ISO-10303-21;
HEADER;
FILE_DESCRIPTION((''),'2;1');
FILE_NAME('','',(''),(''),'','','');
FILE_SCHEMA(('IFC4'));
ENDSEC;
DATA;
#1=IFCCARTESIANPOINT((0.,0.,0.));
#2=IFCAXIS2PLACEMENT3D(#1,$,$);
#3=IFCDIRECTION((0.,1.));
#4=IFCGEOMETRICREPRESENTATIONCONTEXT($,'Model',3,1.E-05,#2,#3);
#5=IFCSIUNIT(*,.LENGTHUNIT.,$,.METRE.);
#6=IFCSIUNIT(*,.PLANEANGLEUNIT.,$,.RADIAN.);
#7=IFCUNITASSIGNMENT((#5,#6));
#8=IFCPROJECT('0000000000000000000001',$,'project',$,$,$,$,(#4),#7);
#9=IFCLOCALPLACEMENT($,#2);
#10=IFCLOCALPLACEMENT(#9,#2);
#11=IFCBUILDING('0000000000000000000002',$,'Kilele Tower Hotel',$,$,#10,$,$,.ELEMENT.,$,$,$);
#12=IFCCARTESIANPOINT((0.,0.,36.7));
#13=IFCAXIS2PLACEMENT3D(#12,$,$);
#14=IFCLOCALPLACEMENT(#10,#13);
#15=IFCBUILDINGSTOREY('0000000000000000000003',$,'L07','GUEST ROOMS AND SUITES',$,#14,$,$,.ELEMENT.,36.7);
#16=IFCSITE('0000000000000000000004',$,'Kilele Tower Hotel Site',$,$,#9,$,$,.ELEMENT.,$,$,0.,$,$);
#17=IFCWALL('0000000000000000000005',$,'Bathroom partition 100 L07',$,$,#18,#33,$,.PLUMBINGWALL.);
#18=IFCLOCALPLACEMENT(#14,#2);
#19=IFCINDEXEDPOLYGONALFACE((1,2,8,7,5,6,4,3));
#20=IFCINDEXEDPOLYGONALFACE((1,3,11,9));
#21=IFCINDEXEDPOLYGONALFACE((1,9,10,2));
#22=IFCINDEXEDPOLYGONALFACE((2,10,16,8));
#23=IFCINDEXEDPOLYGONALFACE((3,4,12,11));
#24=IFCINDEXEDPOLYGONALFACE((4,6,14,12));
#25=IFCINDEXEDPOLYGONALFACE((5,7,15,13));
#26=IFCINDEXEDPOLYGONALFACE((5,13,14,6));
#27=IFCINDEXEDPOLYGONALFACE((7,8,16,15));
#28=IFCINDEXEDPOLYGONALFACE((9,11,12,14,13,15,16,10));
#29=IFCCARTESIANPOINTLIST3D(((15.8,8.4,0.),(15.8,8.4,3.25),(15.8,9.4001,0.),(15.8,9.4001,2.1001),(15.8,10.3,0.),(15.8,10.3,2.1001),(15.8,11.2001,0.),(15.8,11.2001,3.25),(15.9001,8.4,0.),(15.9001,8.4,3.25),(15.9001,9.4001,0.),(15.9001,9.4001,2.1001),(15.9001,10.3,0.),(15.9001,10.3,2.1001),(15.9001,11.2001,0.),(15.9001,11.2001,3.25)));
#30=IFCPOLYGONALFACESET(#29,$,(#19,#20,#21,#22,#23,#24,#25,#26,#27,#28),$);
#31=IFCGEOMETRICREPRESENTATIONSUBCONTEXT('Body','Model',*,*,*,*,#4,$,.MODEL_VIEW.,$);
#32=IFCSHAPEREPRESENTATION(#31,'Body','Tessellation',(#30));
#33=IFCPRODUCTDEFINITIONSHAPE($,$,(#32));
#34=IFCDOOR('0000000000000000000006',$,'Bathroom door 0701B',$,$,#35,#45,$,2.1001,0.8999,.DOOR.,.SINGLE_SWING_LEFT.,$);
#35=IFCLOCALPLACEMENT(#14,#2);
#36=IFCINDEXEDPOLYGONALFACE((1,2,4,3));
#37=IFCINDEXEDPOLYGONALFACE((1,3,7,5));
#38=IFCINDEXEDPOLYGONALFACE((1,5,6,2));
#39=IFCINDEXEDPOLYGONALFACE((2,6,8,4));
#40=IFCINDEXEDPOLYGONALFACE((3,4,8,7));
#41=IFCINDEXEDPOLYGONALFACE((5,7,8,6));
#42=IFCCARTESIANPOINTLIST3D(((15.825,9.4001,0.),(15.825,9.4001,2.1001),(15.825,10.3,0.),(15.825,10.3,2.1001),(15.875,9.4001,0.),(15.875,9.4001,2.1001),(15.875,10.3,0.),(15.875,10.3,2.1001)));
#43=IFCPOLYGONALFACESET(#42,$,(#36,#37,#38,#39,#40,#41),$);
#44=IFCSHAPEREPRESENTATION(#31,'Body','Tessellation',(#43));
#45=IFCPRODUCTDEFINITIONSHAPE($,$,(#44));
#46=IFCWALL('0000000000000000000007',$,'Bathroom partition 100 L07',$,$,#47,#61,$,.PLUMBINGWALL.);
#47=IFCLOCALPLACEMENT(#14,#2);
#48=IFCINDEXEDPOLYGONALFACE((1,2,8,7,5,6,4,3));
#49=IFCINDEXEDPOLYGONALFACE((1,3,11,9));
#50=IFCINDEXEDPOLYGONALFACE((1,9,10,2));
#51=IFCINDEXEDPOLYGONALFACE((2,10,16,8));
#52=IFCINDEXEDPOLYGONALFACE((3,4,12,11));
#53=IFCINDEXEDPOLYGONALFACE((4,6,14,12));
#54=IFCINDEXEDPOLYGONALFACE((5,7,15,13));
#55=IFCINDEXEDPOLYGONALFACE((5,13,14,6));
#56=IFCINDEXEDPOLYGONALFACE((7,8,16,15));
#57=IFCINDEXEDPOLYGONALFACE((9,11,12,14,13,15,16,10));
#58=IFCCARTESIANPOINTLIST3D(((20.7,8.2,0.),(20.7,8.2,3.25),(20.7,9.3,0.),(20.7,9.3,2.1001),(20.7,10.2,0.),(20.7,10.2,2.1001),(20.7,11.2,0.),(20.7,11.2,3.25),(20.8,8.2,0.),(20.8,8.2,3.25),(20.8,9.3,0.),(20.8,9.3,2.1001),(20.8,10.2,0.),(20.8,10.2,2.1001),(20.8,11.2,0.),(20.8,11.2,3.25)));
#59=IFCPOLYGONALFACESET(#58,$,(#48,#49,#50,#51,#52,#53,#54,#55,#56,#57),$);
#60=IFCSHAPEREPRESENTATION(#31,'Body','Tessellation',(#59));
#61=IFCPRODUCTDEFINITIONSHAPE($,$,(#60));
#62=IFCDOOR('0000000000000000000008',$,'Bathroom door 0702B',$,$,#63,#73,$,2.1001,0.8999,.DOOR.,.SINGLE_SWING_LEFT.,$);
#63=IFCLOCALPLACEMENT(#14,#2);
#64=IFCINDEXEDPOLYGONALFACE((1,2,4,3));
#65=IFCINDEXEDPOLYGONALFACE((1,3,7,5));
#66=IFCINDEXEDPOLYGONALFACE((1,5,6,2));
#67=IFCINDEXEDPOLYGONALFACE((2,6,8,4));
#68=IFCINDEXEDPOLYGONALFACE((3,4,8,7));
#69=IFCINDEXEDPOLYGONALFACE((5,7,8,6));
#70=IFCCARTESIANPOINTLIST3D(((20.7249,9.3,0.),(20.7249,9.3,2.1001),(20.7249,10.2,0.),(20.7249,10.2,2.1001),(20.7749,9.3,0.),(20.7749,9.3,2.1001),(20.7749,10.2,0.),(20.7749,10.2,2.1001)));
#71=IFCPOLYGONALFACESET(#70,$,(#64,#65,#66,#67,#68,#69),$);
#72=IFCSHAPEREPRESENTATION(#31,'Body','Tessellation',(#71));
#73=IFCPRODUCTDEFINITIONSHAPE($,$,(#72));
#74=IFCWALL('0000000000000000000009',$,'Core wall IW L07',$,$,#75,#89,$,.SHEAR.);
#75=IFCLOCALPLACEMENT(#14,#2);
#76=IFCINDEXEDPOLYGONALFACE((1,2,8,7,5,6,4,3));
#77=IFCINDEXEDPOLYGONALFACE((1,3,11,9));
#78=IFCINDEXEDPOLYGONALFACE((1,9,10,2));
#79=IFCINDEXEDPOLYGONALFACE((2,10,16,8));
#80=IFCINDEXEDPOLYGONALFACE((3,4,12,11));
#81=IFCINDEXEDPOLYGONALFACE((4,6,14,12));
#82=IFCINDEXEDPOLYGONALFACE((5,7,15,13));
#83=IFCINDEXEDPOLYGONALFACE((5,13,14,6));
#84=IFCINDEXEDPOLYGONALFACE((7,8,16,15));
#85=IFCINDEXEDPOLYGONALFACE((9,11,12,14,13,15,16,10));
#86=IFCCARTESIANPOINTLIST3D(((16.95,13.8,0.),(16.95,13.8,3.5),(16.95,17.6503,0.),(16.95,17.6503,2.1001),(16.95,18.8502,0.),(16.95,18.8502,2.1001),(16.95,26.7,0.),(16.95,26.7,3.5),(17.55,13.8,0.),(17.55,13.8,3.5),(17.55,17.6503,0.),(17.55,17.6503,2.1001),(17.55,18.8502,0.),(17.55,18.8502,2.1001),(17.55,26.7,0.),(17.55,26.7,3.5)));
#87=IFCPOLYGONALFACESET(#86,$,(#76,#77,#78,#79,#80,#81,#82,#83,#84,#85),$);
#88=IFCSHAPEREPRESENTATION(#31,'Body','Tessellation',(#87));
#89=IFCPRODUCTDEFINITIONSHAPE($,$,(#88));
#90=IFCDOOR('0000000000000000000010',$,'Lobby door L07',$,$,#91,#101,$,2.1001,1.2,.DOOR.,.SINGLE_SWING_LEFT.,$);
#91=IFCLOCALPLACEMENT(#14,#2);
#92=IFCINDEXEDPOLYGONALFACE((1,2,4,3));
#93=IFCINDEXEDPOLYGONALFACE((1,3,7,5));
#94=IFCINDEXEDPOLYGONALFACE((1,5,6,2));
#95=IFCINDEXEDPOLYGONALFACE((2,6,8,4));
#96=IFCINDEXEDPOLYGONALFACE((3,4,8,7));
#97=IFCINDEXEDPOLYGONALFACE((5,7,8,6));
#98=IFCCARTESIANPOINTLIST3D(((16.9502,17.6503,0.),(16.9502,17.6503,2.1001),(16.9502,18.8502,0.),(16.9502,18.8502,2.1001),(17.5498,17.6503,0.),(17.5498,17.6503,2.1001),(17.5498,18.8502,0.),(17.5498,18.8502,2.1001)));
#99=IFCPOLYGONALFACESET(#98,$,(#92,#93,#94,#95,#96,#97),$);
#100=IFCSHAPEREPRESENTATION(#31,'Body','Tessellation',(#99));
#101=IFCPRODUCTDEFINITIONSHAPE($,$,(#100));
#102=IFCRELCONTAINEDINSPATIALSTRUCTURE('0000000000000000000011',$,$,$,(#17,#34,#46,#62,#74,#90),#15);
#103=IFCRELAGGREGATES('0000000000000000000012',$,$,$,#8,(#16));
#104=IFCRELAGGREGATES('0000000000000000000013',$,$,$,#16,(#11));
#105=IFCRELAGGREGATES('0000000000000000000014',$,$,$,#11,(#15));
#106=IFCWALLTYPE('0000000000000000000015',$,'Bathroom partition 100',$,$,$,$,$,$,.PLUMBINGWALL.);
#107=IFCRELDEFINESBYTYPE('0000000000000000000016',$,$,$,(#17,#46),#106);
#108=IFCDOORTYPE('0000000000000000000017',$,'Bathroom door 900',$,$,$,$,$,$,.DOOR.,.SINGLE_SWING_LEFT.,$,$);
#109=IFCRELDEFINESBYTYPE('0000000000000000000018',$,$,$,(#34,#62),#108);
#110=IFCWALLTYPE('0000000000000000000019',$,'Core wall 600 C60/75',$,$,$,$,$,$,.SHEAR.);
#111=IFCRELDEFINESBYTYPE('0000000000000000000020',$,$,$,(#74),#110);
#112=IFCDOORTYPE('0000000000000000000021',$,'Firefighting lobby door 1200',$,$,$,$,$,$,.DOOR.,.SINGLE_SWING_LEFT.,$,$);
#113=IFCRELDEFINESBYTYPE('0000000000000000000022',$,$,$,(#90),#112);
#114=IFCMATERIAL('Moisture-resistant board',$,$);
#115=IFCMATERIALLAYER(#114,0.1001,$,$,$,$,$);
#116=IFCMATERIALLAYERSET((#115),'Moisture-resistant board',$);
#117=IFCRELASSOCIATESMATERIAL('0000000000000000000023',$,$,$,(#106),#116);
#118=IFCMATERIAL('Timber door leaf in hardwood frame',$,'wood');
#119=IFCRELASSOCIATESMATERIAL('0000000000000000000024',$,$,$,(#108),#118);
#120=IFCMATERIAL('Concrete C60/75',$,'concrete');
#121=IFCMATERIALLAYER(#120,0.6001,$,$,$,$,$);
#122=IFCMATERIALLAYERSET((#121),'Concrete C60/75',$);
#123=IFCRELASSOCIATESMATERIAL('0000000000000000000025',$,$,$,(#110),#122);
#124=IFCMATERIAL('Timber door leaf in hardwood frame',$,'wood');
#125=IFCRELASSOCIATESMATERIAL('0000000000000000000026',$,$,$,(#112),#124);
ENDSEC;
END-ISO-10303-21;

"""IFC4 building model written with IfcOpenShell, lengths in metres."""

from ifc_helpers import new_model, si_unit, direction, frame, frame_2d, origin, place, context, subcontext, project, spatial, rectangle, extrude, material, layer, layer_set, type_object, element, fill, save


model = new_model("IFC4")

# Units and contexts
model_context = context("Model", 3, precision=1e-05, world=origin(), true_north=direction((0.0, 1.0)))
body_context = subcontext(model_context, "Body", "Model", "MODEL_VIEW")
ifc_project = project(units=[si_unit("LENGTHUNIT", "METRE"), si_unit("PLANEANGLEUNIT", "RADIAN")], contexts=[model_context])

# Site, building, storey
site_placement = place(None, origin())
site = spatial("IfcSite", under=ifc_project, at=site_placement, Name="Kilele Tower Hotel Site", CompositionType="ELEMENT", RefElevation=0.0)
building_placement = place(site_placement, origin())
building = spatial("IfcBuilding", under=site, at=building_placement, Name="Kilele Tower Hotel", CompositionType="ELEMENT")
storey_placement = place(building_placement, frame((0.0, 0.0, 36.7)))
storey = spatial("IfcBuildingStorey", under=building, at=storey_placement, Name="L07", Description="GUEST ROOMS AND SUITES", CompositionType="ELEMENT", Elevation=36.7)

# Walls, openings, doors
ifc_material_1 = material(Name="Moisture-resistant board")
ifc_layer_1 = layer(ifc_material_1, 0.1001)
ifc_layer_set_1 = layer_set([ifc_layer_1], Name="Moisture-resistant board")
wall_type_1 = type_object("IfcWallType", Name="Bathroom partition 100", PredefinedType="PLUMBINGWALL", material=ifc_layer_set_1)
wall_1_placement = place(storey_placement, frame((15.8501, 11.2, 0.0), z_axis=(0.0, 0.0, 1.0), x_axis=(0.0, -1.0, 0.0)))
wall_1 = element("IfcWall", 1, at=wall_1_placement, inside=storey, type_object=wall_type_1, Name="Bathroom partition 100 L07", PredefinedType="PLUMBINGWALL", context=body_context, shape_type="SweptSolid", body=[
    extrude(rectangle(XDim=2.8, YDim=0.1001, at=frame_2d((1.3999, 0.0))), origin(), (0.0, 0.0, 1.0), 3.25),
])
opening_1_placement = place(wall_1_placement, frame((0.8999, 0.0, 0.0)))
opening_1 = element("IfcOpeningElement", 2, at=opening_1_placement, cuts=wall_1, PredefinedType="OPENING", context=body_context, shape_type="SweptSolid", body=[
    extrude(rectangle(XDim=0.8999, YDim=2.1001, at=frame_2d((0.45, 1.05))), frame((0.0, 0.0601, 0.0), z_axis=(0.0, -1.0, 0.0), x_axis=(1.0, 0.0, 0.0)), (0.0, 0.0, 1.0), 0.1201),
])
ifc_material_2 = material(Name="Timber door leaf in hardwood frame", Category="wood")
door_type_1 = type_object("IfcDoorType", Name="Bathroom door 900", OperationType="SINGLE_SWING_LEFT", PredefinedType="DOOR", material=ifc_material_2)
door_1_placement = place(opening_1_placement, origin())
door_1 = element("IfcDoor", 3, at=door_1_placement, inside=storey, type_object=door_type_1, Name="Bathroom door 0701B", OperationType="SINGLE_SWING_LEFT", OverallHeight=2.1001, OverallWidth=0.8999, PredefinedType="DOOR", context=body_context, shape_type="SweptSolid", body=[
    extrude(rectangle(XDim=0.8999, YDim=2.1001, at=frame_2d((0.45, 1.05))), frame((0.0, 0.0249, 0.0), z_axis=(0.0, -1.0, 0.0), x_axis=(1.0, 0.0, 0.0)), (0.0, 0.0, 1.0), 0.05),
])
fill(opening_1, door_1)
wall_2_placement = place(storey_placement, frame((20.75, 11.2, 0.0), z_axis=(0.0, 0.0, 1.0), x_axis=(0.0, -1.0, 0.0)))
wall_2 = element("IfcWall", 4, at=wall_2_placement, inside=storey, type_object=wall_type_1, Name="Bathroom partition 100 L07", PredefinedType="PLUMBINGWALL", context=body_context, shape_type="SweptSolid", body=[
    extrude(rectangle(XDim=3.0, YDim=0.1001, at=frame_2d((1.5, 0.0))), origin(), (0.0, 0.0, 1.0), 3.25),
])
opening_2_placement = place(wall_2_placement, frame((1.0, 0.0, 0.0)))
opening_2 = element("IfcOpeningElement", 5, at=opening_2_placement, cuts=wall_2, PredefinedType="OPENING", context=body_context, shape_type="SweptSolid", body=[
    extrude(rectangle(XDim=0.8999, YDim=2.1001, at=frame_2d((0.45, 1.05))), frame((0.0, 0.0601, 0.0), z_axis=(0.0, -1.0, 0.0), x_axis=(1.0, 0.0, 0.0)), (0.0, 0.0, 1.0), 0.1201),
])
door_2_placement = place(opening_2_placement, origin())
door_2 = element("IfcDoor", 6, at=door_2_placement, inside=storey, type_object=door_type_1, Name="Bathroom door 0702B", OperationType="SINGLE_SWING_LEFT", OverallHeight=2.1001, OverallWidth=0.8999, PredefinedType="DOOR", context=body_context, shape_type="SweptSolid", body=[
    extrude(rectangle(XDim=0.8999, YDim=2.1001, at=frame_2d((0.45, 1.05))), frame((0.0, 0.0249, 0.0), z_axis=(0.0, -1.0, 0.0), x_axis=(1.0, 0.0, 0.0)), (0.0, 0.0, 1.0), 0.05),
])
fill(opening_2, door_2)
ifc_material_3 = material(Name="Concrete C60/75", Category="concrete")
ifc_layer_2 = layer(ifc_material_3, 0.6001)
ifc_layer_set_2 = layer_set([ifc_layer_2], Name="Concrete C60/75")
wall_type_2 = type_object("IfcWallType", Name="Core wall 600 C60/75", PredefinedType="SHEAR", material=ifc_layer_set_2)
wall_3_placement = place(storey_placement, frame((17.25, 13.8, 0.0), z_axis=(0.0, 0.0, 1.0), x_axis=(0.0, 1.0, 0.0)))
wall_3 = element("IfcWall", 7, at=wall_3_placement, inside=storey, type_object=wall_type_2, Name="Core wall IW L07", PredefinedType="SHEAR", context=body_context, shape_type="SweptSolid", body=[
    extrude(rectangle(XDim=12.8999, YDim=0.6001, at=frame_2d((6.45, 0.0))), origin(), (0.0, 0.0, 1.0), 3.5),
])
opening_3_placement = place(wall_3_placement, frame((3.8501, 0.0, 0.0)))
opening_3 = element("IfcOpeningElement", 8, at=opening_3_placement, cuts=wall_3, PredefinedType="OPENING", context=body_context, shape_type="SweptSolid", body=[
    extrude(rectangle(XDim=1.2, YDim=2.1001, at=frame_2d((0.6001, 1.05))), frame((0.0, 0.3101, 0.0), z_axis=(0.0, -1.0, 0.0), x_axis=(1.0, 0.0, 0.0)), (0.0, 0.0, 1.0), 0.6201),
])
ifc_material_4 = material(Name="Timber door leaf in hardwood frame", Category="wood")
door_type_2 = type_object("IfcDoorType", Name="Firefighting lobby door 1200", OperationType="SINGLE_SWING_LEFT", PredefinedType="DOOR", material=ifc_material_4)
door_3_placement = place(opening_3_placement, origin())
door_3 = element("IfcDoor", 9, at=door_3_placement, inside=storey, type_object=door_type_2, Name="Lobby door L07", OperationType="SINGLE_SWING_LEFT", OverallHeight=2.1001, OverallWidth=1.2, PredefinedType="DOOR", context=body_context, shape_type="SweptSolid", body=[
    extrude(rectangle(XDim=1.2, YDim=2.1001, at=frame_2d((0.6001, 1.05))), frame((0.0, 0.2998, 0.0), z_axis=(0.0, -1.0, 0.0), x_axis=(1.0, 0.0, 0.0)), (0.0, 0.0, 1.0), 0.5996),
])
fill(opening_3, door_3)

save(model, "model.ifc")
